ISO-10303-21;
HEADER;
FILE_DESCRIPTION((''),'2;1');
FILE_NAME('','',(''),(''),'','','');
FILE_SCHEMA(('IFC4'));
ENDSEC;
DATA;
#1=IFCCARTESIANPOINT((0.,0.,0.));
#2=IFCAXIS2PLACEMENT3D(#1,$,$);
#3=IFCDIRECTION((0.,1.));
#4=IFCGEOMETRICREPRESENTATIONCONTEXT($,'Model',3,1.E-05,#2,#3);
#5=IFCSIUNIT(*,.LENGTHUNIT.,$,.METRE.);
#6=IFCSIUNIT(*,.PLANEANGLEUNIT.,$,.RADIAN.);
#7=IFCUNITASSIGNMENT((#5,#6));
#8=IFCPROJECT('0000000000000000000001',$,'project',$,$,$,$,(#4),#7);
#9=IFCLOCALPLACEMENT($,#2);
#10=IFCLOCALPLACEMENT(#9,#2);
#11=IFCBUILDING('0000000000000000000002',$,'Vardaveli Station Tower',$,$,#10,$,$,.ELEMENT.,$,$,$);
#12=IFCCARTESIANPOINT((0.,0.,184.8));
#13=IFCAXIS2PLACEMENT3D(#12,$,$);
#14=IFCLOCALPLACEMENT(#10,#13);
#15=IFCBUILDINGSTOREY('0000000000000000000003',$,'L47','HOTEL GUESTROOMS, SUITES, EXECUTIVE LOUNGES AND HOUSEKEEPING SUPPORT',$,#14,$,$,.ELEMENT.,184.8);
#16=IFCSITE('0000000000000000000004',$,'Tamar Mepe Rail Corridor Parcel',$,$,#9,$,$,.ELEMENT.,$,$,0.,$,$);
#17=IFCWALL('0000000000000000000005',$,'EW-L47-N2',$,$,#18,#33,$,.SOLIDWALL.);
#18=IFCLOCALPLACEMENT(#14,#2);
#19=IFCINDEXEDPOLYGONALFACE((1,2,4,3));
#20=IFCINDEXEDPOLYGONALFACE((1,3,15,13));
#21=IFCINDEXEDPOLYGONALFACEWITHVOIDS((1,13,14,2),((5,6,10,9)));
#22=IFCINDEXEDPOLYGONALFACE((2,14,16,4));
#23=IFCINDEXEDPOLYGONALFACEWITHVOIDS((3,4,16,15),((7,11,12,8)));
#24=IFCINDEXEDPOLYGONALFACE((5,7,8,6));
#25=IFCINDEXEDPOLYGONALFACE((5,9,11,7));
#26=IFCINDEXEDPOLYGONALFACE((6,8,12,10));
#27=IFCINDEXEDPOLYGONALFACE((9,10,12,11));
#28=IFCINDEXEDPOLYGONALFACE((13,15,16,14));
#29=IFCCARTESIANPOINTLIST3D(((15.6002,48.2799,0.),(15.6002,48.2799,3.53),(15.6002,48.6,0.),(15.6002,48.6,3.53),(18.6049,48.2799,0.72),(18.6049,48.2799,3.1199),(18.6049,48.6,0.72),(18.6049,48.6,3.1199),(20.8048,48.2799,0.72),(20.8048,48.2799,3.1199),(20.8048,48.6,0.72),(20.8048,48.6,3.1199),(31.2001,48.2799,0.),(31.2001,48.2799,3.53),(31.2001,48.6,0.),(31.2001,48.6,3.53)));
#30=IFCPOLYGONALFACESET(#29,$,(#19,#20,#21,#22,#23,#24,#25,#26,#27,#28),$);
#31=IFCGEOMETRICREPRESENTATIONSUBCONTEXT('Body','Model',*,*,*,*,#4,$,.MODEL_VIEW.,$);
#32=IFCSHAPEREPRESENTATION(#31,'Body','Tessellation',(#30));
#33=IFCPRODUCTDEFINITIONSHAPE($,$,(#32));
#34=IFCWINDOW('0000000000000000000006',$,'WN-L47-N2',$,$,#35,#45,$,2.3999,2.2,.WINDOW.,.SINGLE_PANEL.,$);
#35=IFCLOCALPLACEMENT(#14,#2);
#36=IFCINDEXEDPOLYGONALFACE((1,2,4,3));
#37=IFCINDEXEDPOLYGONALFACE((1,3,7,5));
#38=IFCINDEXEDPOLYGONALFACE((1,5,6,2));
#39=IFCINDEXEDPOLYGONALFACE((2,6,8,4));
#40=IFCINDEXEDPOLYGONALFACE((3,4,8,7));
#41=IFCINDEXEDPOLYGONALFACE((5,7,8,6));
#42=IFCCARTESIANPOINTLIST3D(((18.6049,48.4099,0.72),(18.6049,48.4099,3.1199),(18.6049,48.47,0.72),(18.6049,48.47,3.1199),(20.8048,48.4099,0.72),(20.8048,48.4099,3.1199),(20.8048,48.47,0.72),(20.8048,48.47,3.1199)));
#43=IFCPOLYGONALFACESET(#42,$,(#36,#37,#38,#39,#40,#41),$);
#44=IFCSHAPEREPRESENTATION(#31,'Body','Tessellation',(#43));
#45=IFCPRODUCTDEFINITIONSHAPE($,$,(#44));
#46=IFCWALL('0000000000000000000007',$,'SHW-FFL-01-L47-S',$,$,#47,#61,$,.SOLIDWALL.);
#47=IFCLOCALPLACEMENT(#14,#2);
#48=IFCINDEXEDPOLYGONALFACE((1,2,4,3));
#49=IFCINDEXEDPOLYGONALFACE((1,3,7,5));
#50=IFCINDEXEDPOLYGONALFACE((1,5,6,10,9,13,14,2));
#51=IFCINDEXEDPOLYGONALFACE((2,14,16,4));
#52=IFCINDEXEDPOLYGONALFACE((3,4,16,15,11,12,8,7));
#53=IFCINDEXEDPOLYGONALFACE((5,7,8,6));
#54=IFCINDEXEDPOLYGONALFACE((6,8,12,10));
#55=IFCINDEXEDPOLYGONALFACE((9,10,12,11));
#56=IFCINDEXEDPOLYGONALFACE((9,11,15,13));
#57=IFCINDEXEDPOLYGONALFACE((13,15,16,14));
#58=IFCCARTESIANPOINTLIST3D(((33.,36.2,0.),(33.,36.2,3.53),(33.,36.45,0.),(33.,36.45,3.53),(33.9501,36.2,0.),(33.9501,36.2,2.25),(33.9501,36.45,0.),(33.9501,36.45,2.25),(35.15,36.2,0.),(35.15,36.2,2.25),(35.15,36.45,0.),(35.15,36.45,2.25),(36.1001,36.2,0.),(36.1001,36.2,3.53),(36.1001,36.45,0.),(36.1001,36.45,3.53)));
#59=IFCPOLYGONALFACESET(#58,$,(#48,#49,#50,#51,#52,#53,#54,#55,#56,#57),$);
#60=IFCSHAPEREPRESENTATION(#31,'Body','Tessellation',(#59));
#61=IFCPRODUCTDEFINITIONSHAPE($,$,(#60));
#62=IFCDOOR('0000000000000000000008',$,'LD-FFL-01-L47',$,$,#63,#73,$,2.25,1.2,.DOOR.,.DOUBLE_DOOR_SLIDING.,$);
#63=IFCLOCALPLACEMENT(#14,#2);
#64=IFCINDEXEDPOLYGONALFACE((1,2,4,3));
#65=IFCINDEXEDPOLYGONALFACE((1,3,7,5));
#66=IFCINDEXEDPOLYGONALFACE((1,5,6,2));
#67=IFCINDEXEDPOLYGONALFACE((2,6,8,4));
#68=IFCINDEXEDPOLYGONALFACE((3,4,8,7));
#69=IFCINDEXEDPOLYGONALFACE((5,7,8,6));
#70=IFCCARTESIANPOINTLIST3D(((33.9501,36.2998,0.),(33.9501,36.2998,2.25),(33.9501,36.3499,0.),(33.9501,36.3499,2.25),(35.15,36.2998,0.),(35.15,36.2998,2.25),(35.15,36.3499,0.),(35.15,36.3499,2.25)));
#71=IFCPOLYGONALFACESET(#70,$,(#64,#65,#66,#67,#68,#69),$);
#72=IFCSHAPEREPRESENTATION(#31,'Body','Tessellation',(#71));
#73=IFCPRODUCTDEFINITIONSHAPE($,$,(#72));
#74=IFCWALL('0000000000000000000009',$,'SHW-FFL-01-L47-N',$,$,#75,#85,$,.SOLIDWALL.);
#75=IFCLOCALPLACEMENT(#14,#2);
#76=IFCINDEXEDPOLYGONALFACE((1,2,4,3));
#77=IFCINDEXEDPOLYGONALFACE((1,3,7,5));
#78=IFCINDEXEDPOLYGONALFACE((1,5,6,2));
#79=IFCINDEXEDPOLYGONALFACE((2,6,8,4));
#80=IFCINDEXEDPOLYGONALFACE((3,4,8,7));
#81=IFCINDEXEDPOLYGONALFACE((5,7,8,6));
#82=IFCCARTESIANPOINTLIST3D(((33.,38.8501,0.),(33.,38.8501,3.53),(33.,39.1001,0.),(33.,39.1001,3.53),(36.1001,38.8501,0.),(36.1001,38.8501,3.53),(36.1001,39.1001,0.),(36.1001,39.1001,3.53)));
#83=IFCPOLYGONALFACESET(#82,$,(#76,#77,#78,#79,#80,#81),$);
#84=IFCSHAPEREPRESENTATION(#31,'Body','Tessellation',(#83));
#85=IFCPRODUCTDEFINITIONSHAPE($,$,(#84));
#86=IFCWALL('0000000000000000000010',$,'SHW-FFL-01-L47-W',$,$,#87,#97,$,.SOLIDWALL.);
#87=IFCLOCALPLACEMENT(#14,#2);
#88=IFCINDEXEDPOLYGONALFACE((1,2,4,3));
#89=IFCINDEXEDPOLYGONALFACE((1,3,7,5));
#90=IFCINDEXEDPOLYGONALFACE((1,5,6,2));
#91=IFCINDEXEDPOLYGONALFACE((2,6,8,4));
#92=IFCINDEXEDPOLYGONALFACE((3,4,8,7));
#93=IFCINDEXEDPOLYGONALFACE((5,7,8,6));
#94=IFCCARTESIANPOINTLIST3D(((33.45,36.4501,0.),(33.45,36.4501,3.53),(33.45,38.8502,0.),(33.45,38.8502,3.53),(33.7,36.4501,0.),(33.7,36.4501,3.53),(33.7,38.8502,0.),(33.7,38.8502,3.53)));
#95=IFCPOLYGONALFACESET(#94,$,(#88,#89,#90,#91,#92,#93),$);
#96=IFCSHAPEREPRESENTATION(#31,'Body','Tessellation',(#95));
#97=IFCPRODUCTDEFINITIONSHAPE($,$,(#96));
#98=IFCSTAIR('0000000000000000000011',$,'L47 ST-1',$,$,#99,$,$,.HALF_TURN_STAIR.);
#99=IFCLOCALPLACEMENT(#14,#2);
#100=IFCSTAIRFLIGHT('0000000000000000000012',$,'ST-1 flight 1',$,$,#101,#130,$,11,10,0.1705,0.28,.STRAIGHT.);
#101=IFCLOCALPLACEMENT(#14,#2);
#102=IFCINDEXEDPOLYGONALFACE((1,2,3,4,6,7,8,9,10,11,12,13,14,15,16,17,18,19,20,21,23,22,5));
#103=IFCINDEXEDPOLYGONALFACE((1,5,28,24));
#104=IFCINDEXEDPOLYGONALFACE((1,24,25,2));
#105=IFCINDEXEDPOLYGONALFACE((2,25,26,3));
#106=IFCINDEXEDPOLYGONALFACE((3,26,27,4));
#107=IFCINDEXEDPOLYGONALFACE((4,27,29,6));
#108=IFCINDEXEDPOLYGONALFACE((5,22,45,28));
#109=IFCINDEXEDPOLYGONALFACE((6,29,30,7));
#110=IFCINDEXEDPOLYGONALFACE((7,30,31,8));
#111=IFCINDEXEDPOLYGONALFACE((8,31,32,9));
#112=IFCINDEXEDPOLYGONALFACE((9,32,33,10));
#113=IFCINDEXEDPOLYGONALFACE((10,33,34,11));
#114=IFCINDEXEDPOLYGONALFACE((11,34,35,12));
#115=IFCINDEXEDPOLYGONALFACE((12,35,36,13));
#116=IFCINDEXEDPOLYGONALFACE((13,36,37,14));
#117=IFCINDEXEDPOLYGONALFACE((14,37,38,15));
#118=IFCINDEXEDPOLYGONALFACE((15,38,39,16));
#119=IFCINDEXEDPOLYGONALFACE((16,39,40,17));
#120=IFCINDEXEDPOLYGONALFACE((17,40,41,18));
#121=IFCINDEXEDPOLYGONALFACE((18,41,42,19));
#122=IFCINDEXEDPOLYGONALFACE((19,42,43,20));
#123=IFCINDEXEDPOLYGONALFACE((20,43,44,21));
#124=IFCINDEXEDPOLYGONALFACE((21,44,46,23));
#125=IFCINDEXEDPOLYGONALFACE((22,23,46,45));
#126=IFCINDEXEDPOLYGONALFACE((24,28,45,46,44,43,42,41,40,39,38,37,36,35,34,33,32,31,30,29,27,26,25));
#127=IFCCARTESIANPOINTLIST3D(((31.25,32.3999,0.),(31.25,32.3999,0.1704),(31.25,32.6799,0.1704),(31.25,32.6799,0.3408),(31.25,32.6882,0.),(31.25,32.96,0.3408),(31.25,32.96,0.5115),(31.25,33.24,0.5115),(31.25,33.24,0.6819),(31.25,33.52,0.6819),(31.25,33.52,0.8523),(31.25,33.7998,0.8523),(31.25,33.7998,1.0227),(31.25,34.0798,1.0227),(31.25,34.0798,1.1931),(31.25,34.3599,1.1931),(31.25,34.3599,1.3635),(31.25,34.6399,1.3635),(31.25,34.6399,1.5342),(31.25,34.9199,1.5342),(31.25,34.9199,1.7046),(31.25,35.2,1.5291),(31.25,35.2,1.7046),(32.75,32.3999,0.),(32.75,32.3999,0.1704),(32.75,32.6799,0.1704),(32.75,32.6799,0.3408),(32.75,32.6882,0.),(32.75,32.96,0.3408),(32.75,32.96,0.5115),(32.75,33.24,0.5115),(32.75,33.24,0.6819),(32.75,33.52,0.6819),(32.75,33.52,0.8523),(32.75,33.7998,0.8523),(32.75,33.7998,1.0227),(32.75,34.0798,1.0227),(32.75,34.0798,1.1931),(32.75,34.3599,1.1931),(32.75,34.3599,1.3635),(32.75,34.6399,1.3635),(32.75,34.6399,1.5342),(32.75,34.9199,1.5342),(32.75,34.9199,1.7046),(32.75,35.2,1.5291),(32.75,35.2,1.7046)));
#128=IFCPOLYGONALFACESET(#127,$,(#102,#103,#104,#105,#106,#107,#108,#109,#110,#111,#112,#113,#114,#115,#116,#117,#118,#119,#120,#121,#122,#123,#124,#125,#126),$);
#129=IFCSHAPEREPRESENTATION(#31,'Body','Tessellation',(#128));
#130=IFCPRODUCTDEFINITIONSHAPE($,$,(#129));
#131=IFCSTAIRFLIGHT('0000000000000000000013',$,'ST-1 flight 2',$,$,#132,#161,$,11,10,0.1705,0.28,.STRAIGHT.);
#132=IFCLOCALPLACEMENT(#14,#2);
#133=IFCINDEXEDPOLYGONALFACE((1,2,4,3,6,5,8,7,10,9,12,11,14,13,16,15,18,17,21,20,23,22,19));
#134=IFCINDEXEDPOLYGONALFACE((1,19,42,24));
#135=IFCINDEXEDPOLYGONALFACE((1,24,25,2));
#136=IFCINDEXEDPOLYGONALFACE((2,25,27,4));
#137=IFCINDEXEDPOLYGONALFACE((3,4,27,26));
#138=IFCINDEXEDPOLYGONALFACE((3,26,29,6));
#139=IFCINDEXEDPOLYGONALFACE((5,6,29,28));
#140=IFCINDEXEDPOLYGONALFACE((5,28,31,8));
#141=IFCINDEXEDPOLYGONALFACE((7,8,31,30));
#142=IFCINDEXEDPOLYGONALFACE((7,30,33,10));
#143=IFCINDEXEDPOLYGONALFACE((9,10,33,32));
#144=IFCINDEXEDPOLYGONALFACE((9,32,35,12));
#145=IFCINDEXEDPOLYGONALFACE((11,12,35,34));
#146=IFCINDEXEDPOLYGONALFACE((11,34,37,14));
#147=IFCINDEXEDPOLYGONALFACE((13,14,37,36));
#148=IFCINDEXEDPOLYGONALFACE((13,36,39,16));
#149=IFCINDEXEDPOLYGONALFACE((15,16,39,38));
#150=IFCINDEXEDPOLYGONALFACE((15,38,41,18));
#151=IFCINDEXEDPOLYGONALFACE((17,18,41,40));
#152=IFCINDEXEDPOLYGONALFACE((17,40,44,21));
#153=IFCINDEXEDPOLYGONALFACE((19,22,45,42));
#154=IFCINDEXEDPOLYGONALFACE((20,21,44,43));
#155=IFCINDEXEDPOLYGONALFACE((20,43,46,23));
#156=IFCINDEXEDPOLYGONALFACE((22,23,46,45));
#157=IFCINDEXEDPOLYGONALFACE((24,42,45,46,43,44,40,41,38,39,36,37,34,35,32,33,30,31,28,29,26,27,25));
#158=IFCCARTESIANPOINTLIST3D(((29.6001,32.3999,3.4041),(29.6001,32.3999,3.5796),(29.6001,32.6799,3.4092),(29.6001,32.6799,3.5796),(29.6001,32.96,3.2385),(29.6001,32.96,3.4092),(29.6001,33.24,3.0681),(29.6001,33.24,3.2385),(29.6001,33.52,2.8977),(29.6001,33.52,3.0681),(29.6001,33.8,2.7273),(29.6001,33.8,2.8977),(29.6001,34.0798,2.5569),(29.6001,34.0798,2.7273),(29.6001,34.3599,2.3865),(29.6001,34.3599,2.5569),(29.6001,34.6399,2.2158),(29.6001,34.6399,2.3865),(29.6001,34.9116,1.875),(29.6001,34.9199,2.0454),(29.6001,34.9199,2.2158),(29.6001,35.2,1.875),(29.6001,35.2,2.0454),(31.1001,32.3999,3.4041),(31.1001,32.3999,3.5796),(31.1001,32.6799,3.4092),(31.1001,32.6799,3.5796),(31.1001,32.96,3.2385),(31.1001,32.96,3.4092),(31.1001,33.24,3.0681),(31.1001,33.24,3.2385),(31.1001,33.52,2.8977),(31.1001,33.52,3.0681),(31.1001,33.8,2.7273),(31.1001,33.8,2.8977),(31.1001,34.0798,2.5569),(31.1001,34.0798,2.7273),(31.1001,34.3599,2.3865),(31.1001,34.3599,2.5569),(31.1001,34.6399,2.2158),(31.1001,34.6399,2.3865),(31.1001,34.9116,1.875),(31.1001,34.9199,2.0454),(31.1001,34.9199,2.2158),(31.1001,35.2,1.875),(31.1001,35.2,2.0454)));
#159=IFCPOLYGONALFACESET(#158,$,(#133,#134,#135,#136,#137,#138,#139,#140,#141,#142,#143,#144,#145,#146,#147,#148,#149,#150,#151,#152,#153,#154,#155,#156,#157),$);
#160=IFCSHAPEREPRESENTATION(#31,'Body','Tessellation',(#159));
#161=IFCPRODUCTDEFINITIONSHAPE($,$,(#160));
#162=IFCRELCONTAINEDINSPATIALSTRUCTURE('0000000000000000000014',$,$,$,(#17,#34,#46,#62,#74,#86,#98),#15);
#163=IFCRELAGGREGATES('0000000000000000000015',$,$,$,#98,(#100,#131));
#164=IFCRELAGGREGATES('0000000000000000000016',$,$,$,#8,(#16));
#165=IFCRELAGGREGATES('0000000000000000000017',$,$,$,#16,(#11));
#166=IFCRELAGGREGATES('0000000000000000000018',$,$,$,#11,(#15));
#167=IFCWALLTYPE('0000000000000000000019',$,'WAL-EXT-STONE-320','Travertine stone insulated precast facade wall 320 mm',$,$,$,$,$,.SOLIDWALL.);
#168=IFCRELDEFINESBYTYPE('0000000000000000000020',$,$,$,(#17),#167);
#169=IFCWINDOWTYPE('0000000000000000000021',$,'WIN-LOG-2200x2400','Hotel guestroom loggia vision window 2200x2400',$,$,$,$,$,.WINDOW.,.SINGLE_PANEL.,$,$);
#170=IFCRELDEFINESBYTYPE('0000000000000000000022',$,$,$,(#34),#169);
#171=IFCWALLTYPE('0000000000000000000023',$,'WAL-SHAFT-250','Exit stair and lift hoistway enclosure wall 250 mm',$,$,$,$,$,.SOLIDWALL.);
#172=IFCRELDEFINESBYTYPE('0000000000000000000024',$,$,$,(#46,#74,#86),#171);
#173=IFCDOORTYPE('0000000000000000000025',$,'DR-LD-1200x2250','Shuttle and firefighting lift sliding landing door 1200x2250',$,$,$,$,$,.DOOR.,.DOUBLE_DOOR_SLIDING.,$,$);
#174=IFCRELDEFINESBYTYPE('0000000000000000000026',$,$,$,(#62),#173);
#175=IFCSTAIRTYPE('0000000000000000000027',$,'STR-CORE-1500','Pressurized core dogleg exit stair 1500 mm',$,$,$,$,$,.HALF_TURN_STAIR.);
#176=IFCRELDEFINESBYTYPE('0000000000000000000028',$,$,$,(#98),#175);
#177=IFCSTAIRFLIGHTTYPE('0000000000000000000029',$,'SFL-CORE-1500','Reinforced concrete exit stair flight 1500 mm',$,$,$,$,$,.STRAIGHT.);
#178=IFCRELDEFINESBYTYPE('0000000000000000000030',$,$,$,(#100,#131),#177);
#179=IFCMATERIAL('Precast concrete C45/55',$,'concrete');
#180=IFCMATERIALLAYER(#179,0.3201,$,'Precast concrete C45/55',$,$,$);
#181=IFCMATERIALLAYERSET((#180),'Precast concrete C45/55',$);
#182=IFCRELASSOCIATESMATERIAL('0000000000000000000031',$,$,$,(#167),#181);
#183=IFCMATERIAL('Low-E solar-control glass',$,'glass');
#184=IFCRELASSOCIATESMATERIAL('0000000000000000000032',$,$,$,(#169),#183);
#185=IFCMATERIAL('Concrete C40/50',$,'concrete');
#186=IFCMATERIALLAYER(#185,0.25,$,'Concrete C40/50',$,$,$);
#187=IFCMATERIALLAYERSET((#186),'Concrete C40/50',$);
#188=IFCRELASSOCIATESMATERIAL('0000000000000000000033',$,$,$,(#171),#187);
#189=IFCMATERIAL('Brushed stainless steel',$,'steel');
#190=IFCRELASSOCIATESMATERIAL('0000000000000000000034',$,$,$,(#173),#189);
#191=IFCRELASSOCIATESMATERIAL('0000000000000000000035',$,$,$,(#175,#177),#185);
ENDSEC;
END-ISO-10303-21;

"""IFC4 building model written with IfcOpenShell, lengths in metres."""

from ifc_helpers import new_model, si_unit, direction, frame, frame_2d, origin, place, context, subcontext, project, spatial, polyline, rectangle, outline, extrude, source, transform, mapped, material, layer, layer_set, type_object, element, fill, aggregate, save


model = new_model("IFC4")

# Units and contexts
model_context = context("Model", 3, precision=1e-05, world=origin(), true_north=direction((0.0, 1.0)))
body_context = subcontext(model_context, "Body", "Model", "MODEL_VIEW")
ifc_project = project(units=[si_unit("LENGTHUNIT", "METRE"), si_unit("PLANEANGLEUNIT", "RADIAN")], contexts=[model_context])

# Site, building, storey
site_placement = place(None, origin())
site = spatial("IfcSite", under=ifc_project, at=site_placement, Name="Tamar Mepe Rail Corridor Parcel", CompositionType="ELEMENT", RefElevation=0.0)
building_placement = place(site_placement, origin())
building = spatial("IfcBuilding", under=site, at=building_placement, Name="Vardaveli Station Tower", CompositionType="ELEMENT")
storey_placement = place(building_placement, frame((0.0, 0.0, 184.8)))
storey = spatial("IfcBuildingStorey", under=building, at=storey_placement, Name="L47", Description="HOTEL GUESTROOMS, SUITES, EXECUTIVE LOUNGES AND HOUSEKEEPING SUPPORT", CompositionType="ELEMENT", Elevation=184.8)

# Shared definitions
ifc_material_1 = material(Name="Precast concrete C45/55", Category="concrete")

# Wall, opening, window
ifc_layer_1 = layer(ifc_material_1, 0.3201, Name="Precast concrete C45/55")
ifc_layer_set_1 = layer_set([ifc_layer_1], Name="Precast concrete C45/55")
wall_type_1 = type_object("IfcWallType", Name="WAL-EXT-STONE-320", Description="Travertine stone insulated precast facade wall 320 mm", PredefinedType="SOLIDWALL", material=ifc_layer_set_1)
shared_shape_1 = source(origin(), body_context, "Body", "SweptSolid", [
    extrude(rectangle(XDim=15.5999, YDim=0.3201, at=frame_2d((7.7998, 0.0))), origin(), (0.0, 0.0, 1.0), 3.53),
])
wall_1_placement = place(storey_placement, frame((31.2, 48.4399, 0.0), z_axis=(0.0, 0.0, 1.0), x_axis=(-1.0, 0.0, 0.0)))
wall_1 = element("IfcWall", 1, at=wall_1_placement, inside=storey, type_object=wall_type_1, Name="EW-L47-N2", PredefinedType="SOLIDWALL", context=body_context, shape_type="MappedRepresentation", body=[
    mapped(shared_shape_1, transform((0.0, 0.0, 0.0), scale=1.0)),
])
shared_shape_2 = source(origin(), body_context, "Body", "SweptSolid", [
    extrude(rectangle(XDim=2.2, YDim=2.3999, at=frame_2d((1.1001, 1.2))), frame((0.0, 0.1699, 0.0), z_axis=(0.0, -1.0, 0.0), x_axis=(1.0, 0.0, 0.0)), (0.0, 0.0, 1.0), 0.3401),
])
opening_1_placement = place(wall_1_placement, frame((10.395, 0.0, 0.72)))
opening_1 = element("IfcOpeningElement", 2, at=opening_1_placement, cuts=wall_1, PredefinedType="OPENING", context=body_context, shape_type="MappedRepresentation", body=[
    mapped(shared_shape_2, transform((0.0, 0.0, 0.0), scale=1.0)),
])
ifc_material_2 = material(Name="Low-E solar-control glass", Category="glass")
window_type = type_object("IfcWindowType", Name="WIN-LOG-2200x2400", Description="Hotel guestroom loggia vision window 2200x2400", PartitioningType="SINGLE_PANEL", PredefinedType="WINDOW", material=ifc_material_2)
shared_shape_3 = source(origin(), body_context, "Body", "SweptSolid", [
    extrude(rectangle(XDim=2.2, YDim=2.3999, at=frame_2d((1.1001, 1.2))), frame((0.0, 0.03, 0.0), z_axis=(0.0, -1.0, 0.0), x_axis=(1.0, 0.0, 0.0)), (0.0, 0.0, 1.0), 0.0601),
])
window_placement = place(opening_1_placement, origin())
window = element("IfcWindow", 3, at=window_placement, inside=storey, type_object=window_type, Name="WN-L47-N2", OverallHeight=2.3999, OverallWidth=2.2, PartitioningType="SINGLE_PANEL", PredefinedType="WINDOW", context=body_context, shape_type="MappedRepresentation", body=[
    mapped(shared_shape_3, transform((0.0, 0.0, 0.0), scale=1.0)),
])
fill(opening_1, window)

# Wall, opening, door
ifc_material_3 = material(Name="Concrete C40/50", Category="concrete")
ifc_layer_2 = layer(ifc_material_3, 0.25, Name="Concrete C40/50")
ifc_layer_set_2 = layer_set([ifc_layer_2], Name="Concrete C40/50")
wall_type_2 = type_object("IfcWallType", Name="WAL-SHAFT-250", Description="Exit stair and lift hoistway enclosure wall 250 mm", PredefinedType="SOLIDWALL", material=ifc_layer_set_2)
shared_shape_4 = source(origin(), body_context, "Body", "SweptSolid", [
    extrude(rectangle(XDim=3.1001, YDim=0.25, at=frame_2d((1.55, 0.0))), origin(), (0.0, 0.0, 1.0), 3.53),
])
wall_2_placement = place(storey_placement, frame((33.0, 36.325, 0.0), z_axis=(0.0, 0.0, 1.0), x_axis=(1.0, 0.0, 0.0)))
wall_2 = element("IfcWall", 4, at=wall_2_placement, inside=storey, type_object=wall_type_2, Name="SHW-FFL-01-L47-S", PredefinedType="SOLIDWALL", context=body_context, shape_type="MappedRepresentation", body=[
    mapped(shared_shape_4, transform((0.0, 0.0, 0.0), scale=1.0)),
])
shared_shape_5 = source(origin(), body_context, "Body", "SweptSolid", [
    extrude(rectangle(XDim=1.2, YDim=2.25, at=frame_2d((0.6001, 1.125))), frame((0.0, 0.135, 0.0), z_axis=(0.0, -1.0, 0.0), x_axis=(1.0, 0.0, 0.0)), (0.0, 0.0, 1.0), 0.27),
])
opening_2_placement = place(wall_2_placement, frame((0.95, 0.0, 0.0)))
opening_2 = element("IfcOpeningElement", 5, at=opening_2_placement, cuts=wall_2, PredefinedType="OPENING", context=body_context, shape_type="MappedRepresentation", body=[
    mapped(shared_shape_5, transform((0.0, 0.0, 0.0), scale=1.0)),
])
ifc_material_4 = material(Name="Brushed stainless steel", Category="steel")
door_type = type_object("IfcDoorType", Name="DR-LD-1200x2250", Description="Shuttle and firefighting lift sliding landing door 1200x2250", OperationType="DOUBLE_DOOR_SLIDING", PredefinedType="DOOR", material=ifc_material_4)
shared_shape_6 = source(origin(), body_context, "Body", "SweptSolid", [
    extrude(rectangle(XDim=1.2, YDim=2.25, at=frame_2d((0.6001, 1.125))), frame((0.0, 0.0249, 0.0), z_axis=(0.0, -1.0, 0.0), x_axis=(1.0, 0.0, 0.0)), (0.0, 0.0, 1.0), 0.05),
])
door_placement = place(opening_2_placement, origin())
door = element("IfcDoor", 6, at=door_placement, inside=storey, type_object=door_type, Name="LD-FFL-01-L47", OperationType="DOUBLE_DOOR_SLIDING", OverallHeight=2.25, OverallWidth=1.2, PredefinedType="DOOR", context=body_context, shape_type="MappedRepresentation", body=[
    mapped(shared_shape_6, transform((0.0, 0.0, 0.0), scale=1.0)),
])
fill(opening_2, door)

# Walls
wall_3_placement = place(storey_placement, frame((33.0, 38.9751, 0.0), z_axis=(0.0, 0.0, 1.0), x_axis=(1.0, 0.0, 0.0)))
element("IfcWall", 7, at=wall_3_placement, inside=storey, type_object=wall_type_2, Name="SHW-FFL-01-L47-N", PredefinedType="SOLIDWALL", context=body_context, shape_type="MappedRepresentation", body=[
    mapped(shared_shape_4, transform((0.0, 0.0, 0.0), scale=1.0)),
])
shared_shape_7 = source(origin(), body_context, "Body", "SweptSolid", [
    extrude(rectangle(XDim=2.4001, YDim=0.25, at=frame_2d((1.2002, 0.0))), origin(), (0.0, 0.0, 1.0), 3.53),
])
wall_4_placement = place(storey_placement, frame((33.575, 36.45, 0.0), z_axis=(0.0, 0.0, 1.0), x_axis=(0.0, 1.0, 0.0)))
element("IfcWall", 8, at=wall_4_placement, inside=storey, type_object=wall_type_2, Name="SHW-FFL-01-L47-W", PredefinedType="SOLIDWALL", context=body_context, shape_type="MappedRepresentation", body=[
    mapped(shared_shape_7, transform((0.0, 0.0, 0.0), scale=1.0)),
])

# Stair, stair flights
stair_type = type_object("IfcStairType", Name="STR-CORE-1500", Description="Pressurized core dogleg exit stair 1500 mm", PredefinedType="HALF_TURN_STAIR", material=ifc_material_3)
stair_placement = place(storey_placement, origin())
stair = element("IfcStair", 9, at=stair_placement, inside=storey, type_object=stair_type, Name="L47 ST-1", PredefinedType="HALF_TURN_STAIR")
stair_flight_type = type_object("IfcStairFlightType", Name="SFL-CORE-1500", Description="Reinforced concrete exit stair flight 1500 mm", PredefinedType="STRAIGHT", material=ifc_material_3)
shared_shape_8 = source(origin(), body_context, "Body", "SweptSolid", [
    extrude(outline(polyline([(0.0, 0.0), (0.0, 0.1704), (0.28, 0.1704), (0.28, 0.3408), (0.5601, 0.3408), (0.5601, 0.5115), (0.8401, 0.5115), (0.8401, 0.6819), (1.1201, 0.6819), (1.1201, 0.8523), (1.3999, 0.8523), (1.3999, 1.0227), (1.6799, 1.0227), (1.6799, 1.1931), (1.96, 1.1931), (1.96, 1.3635), (2.24, 1.3635), (2.24, 1.5342), (2.52, 1.5342), (2.52, 1.7046), (2.8, 1.7046), (2.8, 1.875), (2.8, 1.5291), (0.2883, 0.0), (0.0, 0.0)])), frame((0.0, 0.75, 0.0), z_axis=(0.0, -1.0, 0.0), x_axis=(1.0, 0.0, 0.0)), (0.0, 0.0, 1.0), 1.5),
])
stair_flight_1_placement = place(storey_placement, frame((32.0, 32.3999, 0.0), z_axis=(0.0, 0.0, 1.0), x_axis=(0.0, 1.0, 0.0)))
stair_flight_1 = element("IfcStairFlight", 10, at=stair_flight_1_placement, type_object=stair_flight_type, Name="ST-1 flight 1", NumberOfRisers=11, NumberOfTreads=10, PredefinedType="STRAIGHT", RiserHeight=0.1705, TreadLength=0.28, context=body_context, shape_type="MappedRepresentation", body=[
    mapped(shared_shape_8, transform((0.0, 0.0, 0.0), scale=1.0)),
])
stair_flight_2_placement = place(storey_placement, frame((30.3501, 35.2, 1.875), z_axis=(0.0, 0.0, 1.0), x_axis=(0.0, -1.0, 0.0)))
stair_flight_2 = element("IfcStairFlight", 11, at=stair_flight_2_placement, type_object=stair_flight_type, Name="ST-1 flight 2", NumberOfRisers=11, NumberOfTreads=10, PredefinedType="STRAIGHT", RiserHeight=0.1705, TreadLength=0.28, context=body_context, shape_type="MappedRepresentation", body=[
    mapped(shared_shape_8, transform((0.0, 0.0, 0.0), scale=1.0)),
])
aggregate(stair, [stair_flight_1, stair_flight_2])

save(model, "model.ifc")
